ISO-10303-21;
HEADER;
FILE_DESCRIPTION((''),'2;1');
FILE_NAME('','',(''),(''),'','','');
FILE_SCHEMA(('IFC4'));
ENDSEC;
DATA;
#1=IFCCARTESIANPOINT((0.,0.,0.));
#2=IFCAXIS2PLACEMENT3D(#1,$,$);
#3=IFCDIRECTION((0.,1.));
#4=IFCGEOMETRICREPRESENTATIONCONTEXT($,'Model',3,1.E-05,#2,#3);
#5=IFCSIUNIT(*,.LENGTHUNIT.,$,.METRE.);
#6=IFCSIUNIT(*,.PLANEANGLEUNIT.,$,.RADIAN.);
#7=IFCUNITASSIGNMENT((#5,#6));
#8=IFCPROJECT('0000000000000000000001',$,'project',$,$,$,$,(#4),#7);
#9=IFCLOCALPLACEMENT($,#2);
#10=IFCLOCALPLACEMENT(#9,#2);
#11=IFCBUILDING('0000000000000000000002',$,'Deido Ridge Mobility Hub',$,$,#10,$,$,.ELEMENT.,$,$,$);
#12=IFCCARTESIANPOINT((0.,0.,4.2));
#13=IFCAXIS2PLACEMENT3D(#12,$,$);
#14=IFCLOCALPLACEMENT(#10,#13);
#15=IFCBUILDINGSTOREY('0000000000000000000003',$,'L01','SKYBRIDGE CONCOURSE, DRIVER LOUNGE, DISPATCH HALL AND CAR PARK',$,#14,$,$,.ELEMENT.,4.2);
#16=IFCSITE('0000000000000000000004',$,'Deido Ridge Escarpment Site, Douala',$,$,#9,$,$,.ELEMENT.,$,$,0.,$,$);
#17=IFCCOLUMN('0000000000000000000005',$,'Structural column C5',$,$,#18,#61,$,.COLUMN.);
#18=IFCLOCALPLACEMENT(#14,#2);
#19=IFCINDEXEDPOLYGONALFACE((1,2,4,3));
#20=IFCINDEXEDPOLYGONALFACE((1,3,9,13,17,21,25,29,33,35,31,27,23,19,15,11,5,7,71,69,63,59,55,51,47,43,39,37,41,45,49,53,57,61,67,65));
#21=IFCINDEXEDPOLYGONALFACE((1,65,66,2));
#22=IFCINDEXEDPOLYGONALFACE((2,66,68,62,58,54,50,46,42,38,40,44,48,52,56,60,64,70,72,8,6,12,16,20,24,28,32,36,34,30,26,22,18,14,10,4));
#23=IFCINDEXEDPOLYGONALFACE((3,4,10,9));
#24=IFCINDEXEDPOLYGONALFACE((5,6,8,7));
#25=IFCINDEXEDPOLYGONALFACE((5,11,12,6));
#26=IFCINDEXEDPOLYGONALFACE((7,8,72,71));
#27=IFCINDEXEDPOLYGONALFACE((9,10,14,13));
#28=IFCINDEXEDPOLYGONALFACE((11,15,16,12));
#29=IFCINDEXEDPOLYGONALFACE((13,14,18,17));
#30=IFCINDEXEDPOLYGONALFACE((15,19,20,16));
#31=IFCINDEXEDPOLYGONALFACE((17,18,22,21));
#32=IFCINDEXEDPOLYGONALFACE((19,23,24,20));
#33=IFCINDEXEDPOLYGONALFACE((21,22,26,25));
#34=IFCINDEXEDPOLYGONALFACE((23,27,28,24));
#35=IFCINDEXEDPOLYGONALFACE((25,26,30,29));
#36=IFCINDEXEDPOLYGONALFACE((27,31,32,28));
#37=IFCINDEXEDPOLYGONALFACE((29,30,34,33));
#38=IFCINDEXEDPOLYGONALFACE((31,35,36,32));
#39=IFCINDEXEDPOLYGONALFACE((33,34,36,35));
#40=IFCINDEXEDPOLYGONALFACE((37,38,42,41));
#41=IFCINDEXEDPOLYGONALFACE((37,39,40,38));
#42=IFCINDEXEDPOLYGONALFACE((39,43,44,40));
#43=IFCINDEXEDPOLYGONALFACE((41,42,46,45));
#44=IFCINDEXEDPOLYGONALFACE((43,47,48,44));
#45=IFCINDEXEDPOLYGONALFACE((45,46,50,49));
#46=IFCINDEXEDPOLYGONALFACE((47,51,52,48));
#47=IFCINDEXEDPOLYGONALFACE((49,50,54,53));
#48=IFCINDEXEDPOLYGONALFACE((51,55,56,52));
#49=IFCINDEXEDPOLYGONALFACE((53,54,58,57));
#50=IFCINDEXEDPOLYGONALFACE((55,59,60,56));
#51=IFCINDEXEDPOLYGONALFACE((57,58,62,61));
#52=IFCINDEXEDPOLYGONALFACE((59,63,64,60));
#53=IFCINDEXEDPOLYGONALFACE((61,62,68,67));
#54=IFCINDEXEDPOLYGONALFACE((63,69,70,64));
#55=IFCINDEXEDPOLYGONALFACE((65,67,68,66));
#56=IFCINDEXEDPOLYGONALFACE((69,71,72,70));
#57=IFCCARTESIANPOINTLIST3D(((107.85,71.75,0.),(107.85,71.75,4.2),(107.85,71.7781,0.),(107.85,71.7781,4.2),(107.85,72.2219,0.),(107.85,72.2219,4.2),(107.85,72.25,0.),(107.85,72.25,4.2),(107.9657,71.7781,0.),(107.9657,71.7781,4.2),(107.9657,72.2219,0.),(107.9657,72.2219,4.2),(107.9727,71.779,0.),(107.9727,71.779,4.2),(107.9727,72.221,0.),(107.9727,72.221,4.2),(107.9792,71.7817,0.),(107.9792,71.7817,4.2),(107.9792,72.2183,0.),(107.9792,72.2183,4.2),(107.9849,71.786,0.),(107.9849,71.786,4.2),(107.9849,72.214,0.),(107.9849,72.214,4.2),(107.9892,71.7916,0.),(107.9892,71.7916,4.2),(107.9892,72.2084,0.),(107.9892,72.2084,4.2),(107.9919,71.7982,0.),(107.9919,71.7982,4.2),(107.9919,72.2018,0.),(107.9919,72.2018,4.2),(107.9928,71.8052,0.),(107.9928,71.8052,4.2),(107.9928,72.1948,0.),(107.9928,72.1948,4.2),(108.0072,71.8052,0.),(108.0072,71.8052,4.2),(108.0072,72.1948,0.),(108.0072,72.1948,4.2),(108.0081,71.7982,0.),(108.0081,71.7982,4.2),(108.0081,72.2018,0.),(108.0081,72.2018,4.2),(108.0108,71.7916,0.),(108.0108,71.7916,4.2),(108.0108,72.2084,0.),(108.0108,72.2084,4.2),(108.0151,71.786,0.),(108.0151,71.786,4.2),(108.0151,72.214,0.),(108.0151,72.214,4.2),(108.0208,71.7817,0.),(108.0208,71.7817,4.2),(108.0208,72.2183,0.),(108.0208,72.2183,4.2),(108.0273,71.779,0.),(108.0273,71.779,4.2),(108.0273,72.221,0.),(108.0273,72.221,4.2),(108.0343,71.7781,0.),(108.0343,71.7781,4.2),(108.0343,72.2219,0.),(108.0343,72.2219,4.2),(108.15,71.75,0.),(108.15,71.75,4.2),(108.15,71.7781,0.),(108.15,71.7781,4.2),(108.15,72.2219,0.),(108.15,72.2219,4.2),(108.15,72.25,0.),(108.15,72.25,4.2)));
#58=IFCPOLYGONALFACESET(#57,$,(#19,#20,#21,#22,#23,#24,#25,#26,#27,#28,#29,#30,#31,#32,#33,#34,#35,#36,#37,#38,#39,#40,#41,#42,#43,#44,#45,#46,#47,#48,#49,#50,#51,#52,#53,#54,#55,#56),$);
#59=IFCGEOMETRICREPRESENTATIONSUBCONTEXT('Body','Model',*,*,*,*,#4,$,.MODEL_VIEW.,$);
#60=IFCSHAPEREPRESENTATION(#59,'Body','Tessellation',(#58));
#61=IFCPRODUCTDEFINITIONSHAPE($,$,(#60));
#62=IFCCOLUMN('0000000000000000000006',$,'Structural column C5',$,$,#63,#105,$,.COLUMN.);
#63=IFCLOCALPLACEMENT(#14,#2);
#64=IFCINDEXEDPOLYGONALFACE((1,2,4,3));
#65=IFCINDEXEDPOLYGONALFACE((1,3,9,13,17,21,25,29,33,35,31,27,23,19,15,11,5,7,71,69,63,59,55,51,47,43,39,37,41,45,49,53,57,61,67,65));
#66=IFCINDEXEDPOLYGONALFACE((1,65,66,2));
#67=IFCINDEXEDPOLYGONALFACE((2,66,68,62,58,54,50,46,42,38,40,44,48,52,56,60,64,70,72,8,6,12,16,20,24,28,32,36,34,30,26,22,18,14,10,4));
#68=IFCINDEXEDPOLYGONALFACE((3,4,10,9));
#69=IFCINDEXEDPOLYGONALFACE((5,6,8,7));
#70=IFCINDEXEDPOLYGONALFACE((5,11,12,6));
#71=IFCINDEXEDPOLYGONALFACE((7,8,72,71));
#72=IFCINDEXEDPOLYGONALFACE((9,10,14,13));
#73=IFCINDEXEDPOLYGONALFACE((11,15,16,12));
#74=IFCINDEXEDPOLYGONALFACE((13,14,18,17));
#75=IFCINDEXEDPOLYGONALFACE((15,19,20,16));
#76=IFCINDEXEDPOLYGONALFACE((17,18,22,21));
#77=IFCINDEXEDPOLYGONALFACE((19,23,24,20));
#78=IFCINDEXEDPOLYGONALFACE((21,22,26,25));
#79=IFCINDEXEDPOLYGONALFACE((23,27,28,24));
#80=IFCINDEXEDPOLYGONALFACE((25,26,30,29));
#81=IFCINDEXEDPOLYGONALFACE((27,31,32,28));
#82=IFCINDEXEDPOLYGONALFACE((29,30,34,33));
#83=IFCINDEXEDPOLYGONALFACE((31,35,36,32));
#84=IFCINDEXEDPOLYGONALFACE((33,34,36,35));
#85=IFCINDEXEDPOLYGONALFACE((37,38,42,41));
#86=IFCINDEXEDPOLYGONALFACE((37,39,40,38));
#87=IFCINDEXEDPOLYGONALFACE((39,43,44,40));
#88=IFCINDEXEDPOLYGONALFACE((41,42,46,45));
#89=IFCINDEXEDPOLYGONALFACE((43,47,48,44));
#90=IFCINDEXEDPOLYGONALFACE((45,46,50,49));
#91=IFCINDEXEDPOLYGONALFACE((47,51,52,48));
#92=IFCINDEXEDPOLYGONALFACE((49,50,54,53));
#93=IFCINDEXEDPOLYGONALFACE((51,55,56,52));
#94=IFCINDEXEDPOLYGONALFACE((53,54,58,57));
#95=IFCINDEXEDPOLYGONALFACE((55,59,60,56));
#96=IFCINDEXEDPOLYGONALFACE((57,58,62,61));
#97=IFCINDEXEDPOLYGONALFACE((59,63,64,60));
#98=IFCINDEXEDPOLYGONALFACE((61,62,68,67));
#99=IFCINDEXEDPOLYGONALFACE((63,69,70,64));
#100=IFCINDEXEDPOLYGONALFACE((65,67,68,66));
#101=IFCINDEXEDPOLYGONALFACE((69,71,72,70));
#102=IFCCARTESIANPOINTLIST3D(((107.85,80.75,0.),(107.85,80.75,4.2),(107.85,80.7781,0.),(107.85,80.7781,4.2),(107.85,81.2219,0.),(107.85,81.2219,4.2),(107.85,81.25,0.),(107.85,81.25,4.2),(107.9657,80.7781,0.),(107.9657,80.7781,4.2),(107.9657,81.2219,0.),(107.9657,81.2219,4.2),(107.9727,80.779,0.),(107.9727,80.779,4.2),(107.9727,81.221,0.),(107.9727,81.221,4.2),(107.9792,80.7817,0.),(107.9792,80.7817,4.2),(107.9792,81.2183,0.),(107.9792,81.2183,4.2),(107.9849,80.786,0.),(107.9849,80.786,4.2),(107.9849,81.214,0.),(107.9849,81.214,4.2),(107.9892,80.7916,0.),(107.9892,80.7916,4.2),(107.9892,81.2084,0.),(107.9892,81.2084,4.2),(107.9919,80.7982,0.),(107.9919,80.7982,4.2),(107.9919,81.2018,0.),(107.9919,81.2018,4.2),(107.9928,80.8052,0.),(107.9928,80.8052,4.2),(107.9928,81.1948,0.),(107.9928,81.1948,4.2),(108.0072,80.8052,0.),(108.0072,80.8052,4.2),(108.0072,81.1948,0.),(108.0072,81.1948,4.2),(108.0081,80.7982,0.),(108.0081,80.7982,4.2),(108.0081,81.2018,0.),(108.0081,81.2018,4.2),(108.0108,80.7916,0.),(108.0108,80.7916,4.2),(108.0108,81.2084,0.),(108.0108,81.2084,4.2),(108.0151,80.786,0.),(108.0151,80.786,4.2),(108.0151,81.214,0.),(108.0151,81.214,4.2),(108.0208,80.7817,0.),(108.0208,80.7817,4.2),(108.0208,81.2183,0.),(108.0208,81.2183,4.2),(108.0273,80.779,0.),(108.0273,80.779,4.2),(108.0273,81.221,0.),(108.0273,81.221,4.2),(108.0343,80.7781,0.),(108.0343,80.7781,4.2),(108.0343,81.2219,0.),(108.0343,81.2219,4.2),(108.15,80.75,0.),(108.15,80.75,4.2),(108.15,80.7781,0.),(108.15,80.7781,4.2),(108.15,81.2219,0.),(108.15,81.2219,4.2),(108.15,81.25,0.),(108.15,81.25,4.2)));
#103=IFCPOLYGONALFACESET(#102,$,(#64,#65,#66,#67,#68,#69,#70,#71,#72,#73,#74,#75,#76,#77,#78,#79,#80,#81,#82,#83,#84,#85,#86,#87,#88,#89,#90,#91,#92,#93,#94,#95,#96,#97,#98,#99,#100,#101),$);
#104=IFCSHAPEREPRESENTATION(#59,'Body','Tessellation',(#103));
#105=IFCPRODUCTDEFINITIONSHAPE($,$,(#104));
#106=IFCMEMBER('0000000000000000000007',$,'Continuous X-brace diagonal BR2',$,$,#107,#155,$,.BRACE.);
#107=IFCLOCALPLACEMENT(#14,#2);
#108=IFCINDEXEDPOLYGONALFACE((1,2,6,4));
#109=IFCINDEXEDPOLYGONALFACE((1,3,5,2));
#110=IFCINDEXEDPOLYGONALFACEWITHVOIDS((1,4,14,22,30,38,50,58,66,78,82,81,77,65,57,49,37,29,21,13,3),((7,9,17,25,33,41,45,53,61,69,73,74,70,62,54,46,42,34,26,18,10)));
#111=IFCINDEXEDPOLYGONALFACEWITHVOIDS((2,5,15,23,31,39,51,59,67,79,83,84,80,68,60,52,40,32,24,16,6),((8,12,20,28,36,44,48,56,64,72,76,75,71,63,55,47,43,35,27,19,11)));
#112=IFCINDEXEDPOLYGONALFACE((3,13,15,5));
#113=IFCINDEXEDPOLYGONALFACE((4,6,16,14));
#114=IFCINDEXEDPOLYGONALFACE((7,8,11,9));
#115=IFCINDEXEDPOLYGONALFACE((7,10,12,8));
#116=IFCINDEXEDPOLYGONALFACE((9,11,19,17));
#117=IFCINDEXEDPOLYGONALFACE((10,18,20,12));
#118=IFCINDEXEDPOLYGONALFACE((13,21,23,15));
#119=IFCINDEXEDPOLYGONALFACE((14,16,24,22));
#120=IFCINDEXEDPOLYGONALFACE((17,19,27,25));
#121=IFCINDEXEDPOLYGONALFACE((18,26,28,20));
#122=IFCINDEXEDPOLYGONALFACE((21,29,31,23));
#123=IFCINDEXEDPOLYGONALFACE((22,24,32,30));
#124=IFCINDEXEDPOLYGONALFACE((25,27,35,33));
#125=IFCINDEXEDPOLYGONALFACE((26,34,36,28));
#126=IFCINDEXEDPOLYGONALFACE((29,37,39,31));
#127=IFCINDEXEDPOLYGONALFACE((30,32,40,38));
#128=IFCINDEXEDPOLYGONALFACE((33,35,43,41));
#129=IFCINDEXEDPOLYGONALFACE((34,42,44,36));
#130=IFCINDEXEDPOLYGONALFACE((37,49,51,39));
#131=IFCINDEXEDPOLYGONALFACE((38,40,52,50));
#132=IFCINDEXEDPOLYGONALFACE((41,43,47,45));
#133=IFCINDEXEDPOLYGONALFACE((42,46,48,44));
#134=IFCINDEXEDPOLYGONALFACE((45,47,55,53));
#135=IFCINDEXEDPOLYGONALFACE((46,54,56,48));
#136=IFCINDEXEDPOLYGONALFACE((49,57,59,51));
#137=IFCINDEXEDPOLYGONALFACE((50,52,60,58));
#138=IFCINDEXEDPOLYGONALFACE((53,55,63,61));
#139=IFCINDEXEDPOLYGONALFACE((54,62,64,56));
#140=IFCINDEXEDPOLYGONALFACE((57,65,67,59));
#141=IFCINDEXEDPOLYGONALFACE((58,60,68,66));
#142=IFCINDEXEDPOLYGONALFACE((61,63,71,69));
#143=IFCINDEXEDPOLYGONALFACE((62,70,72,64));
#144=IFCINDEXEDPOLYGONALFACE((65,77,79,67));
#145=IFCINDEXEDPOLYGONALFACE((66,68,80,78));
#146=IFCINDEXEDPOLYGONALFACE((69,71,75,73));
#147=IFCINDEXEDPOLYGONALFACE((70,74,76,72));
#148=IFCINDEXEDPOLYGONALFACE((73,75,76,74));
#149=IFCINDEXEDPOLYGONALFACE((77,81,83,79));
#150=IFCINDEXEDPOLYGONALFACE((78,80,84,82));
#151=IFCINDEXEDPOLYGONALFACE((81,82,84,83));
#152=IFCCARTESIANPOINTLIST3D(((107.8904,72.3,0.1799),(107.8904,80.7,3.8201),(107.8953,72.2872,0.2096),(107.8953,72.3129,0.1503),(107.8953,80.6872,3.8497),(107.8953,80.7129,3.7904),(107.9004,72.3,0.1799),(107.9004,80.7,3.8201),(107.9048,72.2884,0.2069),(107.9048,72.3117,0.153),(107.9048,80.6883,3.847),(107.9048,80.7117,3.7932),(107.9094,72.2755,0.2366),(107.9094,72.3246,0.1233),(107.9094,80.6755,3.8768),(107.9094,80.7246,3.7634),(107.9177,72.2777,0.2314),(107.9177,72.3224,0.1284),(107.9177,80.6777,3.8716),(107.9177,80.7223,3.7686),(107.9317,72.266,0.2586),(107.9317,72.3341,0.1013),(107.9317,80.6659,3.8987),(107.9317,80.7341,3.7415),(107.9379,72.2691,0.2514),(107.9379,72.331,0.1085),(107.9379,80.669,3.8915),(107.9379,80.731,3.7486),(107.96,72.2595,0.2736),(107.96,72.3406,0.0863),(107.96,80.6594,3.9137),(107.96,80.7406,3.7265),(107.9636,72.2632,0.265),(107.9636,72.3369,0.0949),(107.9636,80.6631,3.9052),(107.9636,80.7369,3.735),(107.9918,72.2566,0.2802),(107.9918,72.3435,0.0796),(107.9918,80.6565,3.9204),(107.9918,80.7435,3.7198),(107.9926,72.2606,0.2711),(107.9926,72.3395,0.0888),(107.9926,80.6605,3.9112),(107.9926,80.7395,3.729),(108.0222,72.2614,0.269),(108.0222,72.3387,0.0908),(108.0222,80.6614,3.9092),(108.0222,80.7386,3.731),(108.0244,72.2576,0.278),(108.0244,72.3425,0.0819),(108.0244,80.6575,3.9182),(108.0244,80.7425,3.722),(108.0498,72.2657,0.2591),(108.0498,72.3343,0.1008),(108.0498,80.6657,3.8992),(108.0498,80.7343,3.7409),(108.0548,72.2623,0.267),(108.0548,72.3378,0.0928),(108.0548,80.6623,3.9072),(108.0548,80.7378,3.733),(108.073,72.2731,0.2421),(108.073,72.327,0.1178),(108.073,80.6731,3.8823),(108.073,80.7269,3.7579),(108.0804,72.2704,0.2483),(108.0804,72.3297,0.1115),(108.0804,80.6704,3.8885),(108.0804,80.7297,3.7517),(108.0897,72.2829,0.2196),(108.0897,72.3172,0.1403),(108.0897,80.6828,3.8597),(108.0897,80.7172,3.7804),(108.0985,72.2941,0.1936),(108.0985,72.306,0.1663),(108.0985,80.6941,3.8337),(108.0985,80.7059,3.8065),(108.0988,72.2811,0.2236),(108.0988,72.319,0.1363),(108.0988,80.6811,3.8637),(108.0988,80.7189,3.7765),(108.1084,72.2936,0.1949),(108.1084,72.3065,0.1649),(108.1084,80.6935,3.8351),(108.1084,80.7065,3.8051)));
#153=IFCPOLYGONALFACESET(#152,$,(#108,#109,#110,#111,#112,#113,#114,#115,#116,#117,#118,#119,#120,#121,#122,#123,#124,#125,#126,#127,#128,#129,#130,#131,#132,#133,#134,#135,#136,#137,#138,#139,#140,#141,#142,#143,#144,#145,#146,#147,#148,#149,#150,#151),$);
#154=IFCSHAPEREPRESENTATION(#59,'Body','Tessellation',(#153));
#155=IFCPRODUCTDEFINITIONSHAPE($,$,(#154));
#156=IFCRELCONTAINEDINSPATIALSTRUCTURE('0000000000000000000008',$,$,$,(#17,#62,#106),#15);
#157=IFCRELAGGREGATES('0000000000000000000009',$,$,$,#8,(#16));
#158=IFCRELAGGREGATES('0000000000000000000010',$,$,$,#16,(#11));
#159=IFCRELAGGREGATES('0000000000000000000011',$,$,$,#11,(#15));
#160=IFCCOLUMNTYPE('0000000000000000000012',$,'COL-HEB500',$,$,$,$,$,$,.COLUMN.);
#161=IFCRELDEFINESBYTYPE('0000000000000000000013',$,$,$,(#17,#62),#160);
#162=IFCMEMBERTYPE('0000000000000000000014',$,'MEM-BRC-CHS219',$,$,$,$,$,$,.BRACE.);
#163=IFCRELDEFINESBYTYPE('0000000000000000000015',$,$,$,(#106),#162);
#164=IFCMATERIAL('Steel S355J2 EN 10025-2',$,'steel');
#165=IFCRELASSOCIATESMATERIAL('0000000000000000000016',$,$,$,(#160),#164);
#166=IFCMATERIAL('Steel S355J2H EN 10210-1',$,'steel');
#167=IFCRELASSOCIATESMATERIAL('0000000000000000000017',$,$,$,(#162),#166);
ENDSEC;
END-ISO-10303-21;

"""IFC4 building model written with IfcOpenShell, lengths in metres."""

from ifc_helpers import new_model, si_unit, direction, frame, origin, origin_2d, place, context, subcontext, project, spatial, hollow_circle, i_section, extrude, material, material_profile, profile_set, type_object, element, save


model = new_model("IFC4")

# Units and contexts
model_context = context("Model", 3, precision=1e-05, world=origin(), true_north=direction((0.0, 1.0)))
body_context = subcontext(model_context, "Body", "Model", "MODEL_VIEW")
ifc_project = project(units=[si_unit("LENGTHUNIT", "METRE"), si_unit("PLANEANGLEUNIT", "RADIAN")], contexts=[model_context])

# Site, building, storey
site_placement = place(None, origin())
site = spatial("IfcSite", under=ifc_project, at=site_placement, Name="Deido Ridge Escarpment Site, Douala", CompositionType="ELEMENT", RefElevation=0.0)
building_placement = place(site_placement, origin())
building = spatial("IfcBuilding", under=site, at=building_placement, Name="Deido Ridge Mobility Hub", CompositionType="ELEMENT")
storey_placement = place(building_placement, frame((0.0, 0.0, 4.2)))
storey = spatial("IfcBuildingStorey", under=building, at=storey_placement, Name="L01", Description="SKYBRIDGE CONCOURSE, DRIVER LOUNGE, DISPATCH HALL AND CAR PARK", CompositionType="ELEMENT", Elevation=4.2)

# Columns
ifc_material_1 = material(Name="Steel S355J2 EN 10025-2", Category="steel")
ifc_material_profile_1 = material_profile(ifc_material_1, i_section(OverallWidth=0.3, OverallDepth=0.5, WebThickness=0.0144, FlangeThickness=0.0281, FilletRadius=0.0271, at=origin_2d()), Name="HEB 500")
ifc_profile_set_1 = profile_set([ifc_material_profile_1], Name="Steel S355J2 EN 10025-2")
column_type = type_object("IfcColumnType", Name="COL-HEB500", PredefinedType="COLUMN", material=ifc_profile_set_1)
for number, where, z_axis, x_axis, name in (
    (1, (108.0, 72.0, 0.0), (0.0, 0.0, 1.0), (1.0, 0.0, 0.0), "Structural column C5"),
    (2, (108.0, 81.0, 0.0), (0.0, 0.0, 1.0), (1.0, 0.0, 0.0), "Structural column C5"),
):
    element("IfcColumn", number, at=place(storey_placement, frame(where, z_axis=z_axis, x_axis=x_axis)), inside=storey, type_object=column_type, Name=name, PredefinedType="COLUMN", context=body_context, shape_type="SweptSolid", body=[
        extrude(i_section(OverallWidth=0.3, OverallDepth=0.5, WebThickness=0.0144, FlangeThickness=0.0281, FilletRadius=0.0271, at=origin_2d()), origin(), (0.0, 0.0, 1.0), 4.2),
    ])

# Member
ifc_material_2 = material(Name="Steel S355J2H EN 10210-1", Category="steel")
ifc_material_profile_2 = material_profile(ifc_material_2, hollow_circle(Radius=0.1096, WallThickness=0.01, at=origin_2d()), Name="CHS 219.1x10")
ifc_profile_set_2 = profile_set([ifc_material_profile_2], Name="Steel S355J2H EN 10210-1")
member_type_1 = type_object("IfcMemberType", Name="MEM-BRC-CHS219", PredefinedType="BRACE", material=ifc_profile_set_2)
member_1_placement = place(storey_placement, frame((108.0, 72.3, 0.1799), z_axis=(0.0, 0.917548, 0.397624), x_axis=(-1.0, 0.0, 0.0)))
element("IfcMember", 3, at=member_1_placement, inside=storey, type_object=member_type_1, Name="Continuous X-brace diagonal BR2", PredefinedType="BRACE", context=body_context, shape_type="SweptSolid", body=[
    extrude(hollow_circle(Radius=0.1096, WallThickness=0.01, at=origin_2d()), origin(), (0.0, 0.0, 1.0), 9.1548),
])

save(model, "model.ifc")
